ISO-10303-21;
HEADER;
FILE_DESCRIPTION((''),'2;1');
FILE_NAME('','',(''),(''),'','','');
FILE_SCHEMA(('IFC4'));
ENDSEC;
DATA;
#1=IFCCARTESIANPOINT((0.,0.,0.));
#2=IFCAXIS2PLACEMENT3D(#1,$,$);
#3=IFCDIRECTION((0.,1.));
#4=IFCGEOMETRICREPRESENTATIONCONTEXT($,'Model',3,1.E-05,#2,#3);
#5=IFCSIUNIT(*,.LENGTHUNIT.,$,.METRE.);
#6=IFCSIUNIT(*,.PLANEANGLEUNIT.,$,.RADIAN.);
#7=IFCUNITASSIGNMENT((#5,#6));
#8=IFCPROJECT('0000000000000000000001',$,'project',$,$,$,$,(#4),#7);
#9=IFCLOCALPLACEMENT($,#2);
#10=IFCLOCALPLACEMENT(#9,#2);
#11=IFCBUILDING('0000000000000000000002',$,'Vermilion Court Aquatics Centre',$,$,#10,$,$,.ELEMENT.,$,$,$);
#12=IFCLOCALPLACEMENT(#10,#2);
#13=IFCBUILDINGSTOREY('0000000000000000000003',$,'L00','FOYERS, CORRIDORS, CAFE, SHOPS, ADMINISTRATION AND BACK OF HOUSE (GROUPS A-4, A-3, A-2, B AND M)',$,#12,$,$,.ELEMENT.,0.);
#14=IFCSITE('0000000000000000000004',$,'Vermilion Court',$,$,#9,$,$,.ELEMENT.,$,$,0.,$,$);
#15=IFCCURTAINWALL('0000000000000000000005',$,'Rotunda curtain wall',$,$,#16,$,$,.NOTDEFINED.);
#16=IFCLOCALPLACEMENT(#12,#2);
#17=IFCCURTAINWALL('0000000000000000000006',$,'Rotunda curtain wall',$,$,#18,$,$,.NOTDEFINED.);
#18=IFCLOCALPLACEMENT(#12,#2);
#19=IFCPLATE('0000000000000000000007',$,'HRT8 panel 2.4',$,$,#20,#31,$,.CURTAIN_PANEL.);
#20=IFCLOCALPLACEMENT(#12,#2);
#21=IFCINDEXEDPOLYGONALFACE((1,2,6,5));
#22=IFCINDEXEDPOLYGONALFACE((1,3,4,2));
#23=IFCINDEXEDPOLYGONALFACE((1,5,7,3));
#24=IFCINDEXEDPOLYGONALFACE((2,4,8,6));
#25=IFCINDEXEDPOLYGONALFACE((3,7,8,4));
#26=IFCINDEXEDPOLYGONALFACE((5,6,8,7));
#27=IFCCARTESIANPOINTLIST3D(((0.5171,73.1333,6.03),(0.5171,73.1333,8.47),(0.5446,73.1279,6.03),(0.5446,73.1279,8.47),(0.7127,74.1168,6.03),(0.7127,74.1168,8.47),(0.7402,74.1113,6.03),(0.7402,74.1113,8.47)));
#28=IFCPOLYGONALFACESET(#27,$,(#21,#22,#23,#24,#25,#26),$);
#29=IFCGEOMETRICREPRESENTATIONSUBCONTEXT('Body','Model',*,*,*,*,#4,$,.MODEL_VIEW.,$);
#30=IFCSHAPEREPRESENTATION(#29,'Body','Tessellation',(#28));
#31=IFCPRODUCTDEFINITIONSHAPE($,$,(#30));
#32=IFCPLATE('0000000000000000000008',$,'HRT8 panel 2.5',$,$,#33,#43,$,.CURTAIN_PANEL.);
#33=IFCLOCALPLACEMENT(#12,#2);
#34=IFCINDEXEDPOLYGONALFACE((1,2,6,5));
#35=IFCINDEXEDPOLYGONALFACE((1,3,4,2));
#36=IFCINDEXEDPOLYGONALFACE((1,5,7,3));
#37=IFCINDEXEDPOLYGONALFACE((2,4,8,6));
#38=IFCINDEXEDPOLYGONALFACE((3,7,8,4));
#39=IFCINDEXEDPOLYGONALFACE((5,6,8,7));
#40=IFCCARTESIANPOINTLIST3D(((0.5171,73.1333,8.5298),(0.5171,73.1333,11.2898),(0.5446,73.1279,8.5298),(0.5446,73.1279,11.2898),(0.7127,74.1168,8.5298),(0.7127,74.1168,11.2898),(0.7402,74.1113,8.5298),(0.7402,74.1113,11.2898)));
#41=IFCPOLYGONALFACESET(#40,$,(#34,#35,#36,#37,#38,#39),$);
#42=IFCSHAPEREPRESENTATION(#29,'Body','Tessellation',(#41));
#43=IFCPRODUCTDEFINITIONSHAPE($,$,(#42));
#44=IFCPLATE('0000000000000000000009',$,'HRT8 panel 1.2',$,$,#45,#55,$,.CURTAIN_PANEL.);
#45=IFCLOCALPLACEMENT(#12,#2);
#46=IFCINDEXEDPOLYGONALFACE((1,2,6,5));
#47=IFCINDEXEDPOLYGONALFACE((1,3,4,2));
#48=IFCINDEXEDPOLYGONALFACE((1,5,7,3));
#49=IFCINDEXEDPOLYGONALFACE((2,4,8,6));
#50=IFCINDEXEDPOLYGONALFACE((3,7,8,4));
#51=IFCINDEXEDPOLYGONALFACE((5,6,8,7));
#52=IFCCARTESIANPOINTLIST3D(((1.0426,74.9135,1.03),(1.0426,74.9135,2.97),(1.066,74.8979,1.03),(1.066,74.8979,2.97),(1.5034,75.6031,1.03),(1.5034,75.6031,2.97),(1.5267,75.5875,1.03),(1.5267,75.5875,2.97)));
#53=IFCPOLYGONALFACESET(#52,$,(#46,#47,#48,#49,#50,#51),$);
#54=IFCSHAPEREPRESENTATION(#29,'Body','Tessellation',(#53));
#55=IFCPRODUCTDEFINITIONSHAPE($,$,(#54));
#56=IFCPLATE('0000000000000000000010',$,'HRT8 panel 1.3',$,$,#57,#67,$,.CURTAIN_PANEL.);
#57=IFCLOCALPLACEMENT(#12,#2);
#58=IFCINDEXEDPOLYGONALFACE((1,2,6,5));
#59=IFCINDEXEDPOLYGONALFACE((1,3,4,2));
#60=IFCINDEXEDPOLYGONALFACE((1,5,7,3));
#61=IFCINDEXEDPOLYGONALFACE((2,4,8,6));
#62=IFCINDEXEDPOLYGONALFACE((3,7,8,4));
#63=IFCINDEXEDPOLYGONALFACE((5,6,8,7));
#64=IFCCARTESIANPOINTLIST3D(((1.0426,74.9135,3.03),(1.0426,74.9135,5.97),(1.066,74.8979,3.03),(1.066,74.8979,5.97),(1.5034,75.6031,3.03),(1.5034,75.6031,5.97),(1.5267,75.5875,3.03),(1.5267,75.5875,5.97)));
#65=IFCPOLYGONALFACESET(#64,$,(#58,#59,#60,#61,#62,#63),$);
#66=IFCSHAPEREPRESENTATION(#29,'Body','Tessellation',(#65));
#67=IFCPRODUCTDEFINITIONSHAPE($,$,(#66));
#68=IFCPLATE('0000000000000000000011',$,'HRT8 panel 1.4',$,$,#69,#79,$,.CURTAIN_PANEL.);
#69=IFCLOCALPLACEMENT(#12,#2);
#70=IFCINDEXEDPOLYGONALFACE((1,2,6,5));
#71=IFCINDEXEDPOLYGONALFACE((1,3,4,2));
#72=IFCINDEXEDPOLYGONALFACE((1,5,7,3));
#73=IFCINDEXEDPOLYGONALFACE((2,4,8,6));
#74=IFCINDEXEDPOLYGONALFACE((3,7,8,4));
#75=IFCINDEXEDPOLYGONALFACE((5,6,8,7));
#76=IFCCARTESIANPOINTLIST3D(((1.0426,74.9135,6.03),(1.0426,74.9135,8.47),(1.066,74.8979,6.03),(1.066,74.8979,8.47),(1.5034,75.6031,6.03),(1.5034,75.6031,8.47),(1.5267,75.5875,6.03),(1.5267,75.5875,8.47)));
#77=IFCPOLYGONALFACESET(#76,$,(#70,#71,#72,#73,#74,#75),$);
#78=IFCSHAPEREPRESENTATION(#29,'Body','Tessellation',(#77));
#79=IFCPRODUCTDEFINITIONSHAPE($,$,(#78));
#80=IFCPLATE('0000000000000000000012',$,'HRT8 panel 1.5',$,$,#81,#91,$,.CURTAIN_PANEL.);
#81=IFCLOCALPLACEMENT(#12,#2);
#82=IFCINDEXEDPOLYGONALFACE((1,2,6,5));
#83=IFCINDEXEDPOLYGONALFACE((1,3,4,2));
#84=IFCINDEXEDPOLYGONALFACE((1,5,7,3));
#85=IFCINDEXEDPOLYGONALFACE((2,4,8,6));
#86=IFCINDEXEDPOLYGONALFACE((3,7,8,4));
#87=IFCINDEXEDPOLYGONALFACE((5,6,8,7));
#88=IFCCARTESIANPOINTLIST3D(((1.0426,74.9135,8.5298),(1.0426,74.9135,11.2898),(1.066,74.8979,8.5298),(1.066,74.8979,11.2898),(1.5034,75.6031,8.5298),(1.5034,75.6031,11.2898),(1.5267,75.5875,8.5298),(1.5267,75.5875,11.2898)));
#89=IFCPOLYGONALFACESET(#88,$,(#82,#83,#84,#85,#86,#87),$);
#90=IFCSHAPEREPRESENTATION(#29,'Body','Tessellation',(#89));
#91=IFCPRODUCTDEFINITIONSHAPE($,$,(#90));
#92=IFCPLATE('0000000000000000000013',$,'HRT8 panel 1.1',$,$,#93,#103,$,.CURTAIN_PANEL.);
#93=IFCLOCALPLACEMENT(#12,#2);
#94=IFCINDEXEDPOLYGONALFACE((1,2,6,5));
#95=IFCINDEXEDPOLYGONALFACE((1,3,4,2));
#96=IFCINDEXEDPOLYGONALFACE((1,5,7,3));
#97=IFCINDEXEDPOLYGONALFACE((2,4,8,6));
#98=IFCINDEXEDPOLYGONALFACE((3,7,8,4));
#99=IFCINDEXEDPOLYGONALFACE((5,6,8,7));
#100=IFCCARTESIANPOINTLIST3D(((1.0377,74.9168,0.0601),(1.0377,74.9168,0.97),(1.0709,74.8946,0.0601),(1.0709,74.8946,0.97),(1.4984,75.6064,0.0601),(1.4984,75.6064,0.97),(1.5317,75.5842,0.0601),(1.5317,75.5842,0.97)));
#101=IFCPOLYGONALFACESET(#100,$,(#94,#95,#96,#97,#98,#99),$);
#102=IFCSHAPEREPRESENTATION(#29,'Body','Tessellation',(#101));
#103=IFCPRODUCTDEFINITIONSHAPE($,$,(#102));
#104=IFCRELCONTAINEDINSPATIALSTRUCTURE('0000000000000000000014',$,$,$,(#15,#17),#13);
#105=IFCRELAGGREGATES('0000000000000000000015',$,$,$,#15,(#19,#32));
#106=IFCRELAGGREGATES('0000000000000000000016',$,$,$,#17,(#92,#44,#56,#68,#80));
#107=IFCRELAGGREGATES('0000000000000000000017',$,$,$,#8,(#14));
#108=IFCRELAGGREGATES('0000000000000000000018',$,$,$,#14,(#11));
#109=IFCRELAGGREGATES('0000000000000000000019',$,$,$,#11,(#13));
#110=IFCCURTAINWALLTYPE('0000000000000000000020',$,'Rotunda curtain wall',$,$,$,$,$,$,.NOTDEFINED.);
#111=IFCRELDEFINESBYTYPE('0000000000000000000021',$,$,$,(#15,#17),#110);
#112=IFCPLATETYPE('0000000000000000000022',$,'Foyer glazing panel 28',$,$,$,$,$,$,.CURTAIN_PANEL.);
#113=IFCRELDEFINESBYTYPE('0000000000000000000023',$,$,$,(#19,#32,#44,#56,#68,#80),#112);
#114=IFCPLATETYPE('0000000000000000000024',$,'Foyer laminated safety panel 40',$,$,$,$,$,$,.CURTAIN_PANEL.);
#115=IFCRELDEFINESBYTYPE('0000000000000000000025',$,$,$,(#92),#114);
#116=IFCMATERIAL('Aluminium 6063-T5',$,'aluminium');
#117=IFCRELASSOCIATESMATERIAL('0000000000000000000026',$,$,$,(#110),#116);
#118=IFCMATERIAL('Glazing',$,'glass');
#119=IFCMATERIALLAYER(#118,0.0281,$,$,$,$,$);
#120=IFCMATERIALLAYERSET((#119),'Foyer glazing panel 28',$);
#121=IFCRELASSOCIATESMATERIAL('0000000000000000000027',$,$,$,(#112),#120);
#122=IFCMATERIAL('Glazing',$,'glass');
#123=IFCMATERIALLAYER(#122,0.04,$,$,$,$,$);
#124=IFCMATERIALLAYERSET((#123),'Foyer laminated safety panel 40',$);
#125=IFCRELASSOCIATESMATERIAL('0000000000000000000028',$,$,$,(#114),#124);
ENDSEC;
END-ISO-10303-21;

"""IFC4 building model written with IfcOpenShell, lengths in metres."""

from ifc_helpers import new_model, si_unit, direction, frame, origin, origin_2d, place, context, subcontext, project, spatial, rectangle, extrude, material, layer, layer_set, type_object, element, aggregate, save


model = new_model("IFC4")

# Units and contexts
model_context = context("Model", 3, precision=1e-05, world=origin(), true_north=direction((0.0, 1.0)))
body_context = subcontext(model_context, "Body", "Model", "MODEL_VIEW")
ifc_project = project(units=[si_unit("LENGTHUNIT", "METRE"), si_unit("PLANEANGLEUNIT", "RADIAN")], contexts=[model_context])

# Site, building, storey
site_placement = place(None, origin())
site = spatial("IfcSite", under=ifc_project, at=site_placement, Name="Vermilion Court", CompositionType="ELEMENT", RefElevation=0.0)
building_placement = place(site_placement, origin())
building = spatial("IfcBuilding", under=site, at=building_placement, Name="Vermilion Court Aquatics Centre", CompositionType="ELEMENT")
storey_placement = place(building_placement, origin())
storey = spatial("IfcBuildingStorey", under=building, at=storey_placement, Name="L00", Description="FOYERS, CORRIDORS, CAFE, SHOPS, ADMINISTRATION AND BACK OF HOUSE (GROUPS A-4, A-3, A-2, B AND M)", CompositionType="ELEMENT", Elevation=0.0)

# Curtain wall
ifc_material_1 = material(Name="Aluminium 6063-T5", Category="aluminium")
curtain_wall_type = type_object("IfcCurtainWallType", Name="Rotunda curtain wall", PredefinedType="NOTDEFINED", material=ifc_material_1)
curtain_wall_1_placement = place(storey_placement, origin())
curtain_wall_1 = element("IfcCurtainWall", 1, at=curtain_wall_1_placement, inside=storey, type_object=curtain_wall_type, Name="Rotunda curtain wall", PredefinedType="NOTDEFINED")

# Curtain wall
curtain_wall_2_placement = place(storey_placement, origin())
curtain_wall_2 = element("IfcCurtainWall", 2, at=curtain_wall_2_placement, inside=storey, type_object=curtain_wall_type, Name="Rotunda curtain wall", PredefinedType="NOTDEFINED")

# Plates
ifc_material_2 = material(Name="Glazing", Category="glass")
ifc_layer_1 = layer(ifc_material_2, 0.0281)
ifc_layer_set_1 = layer_set([ifc_layer_1], Name="Foyer glazing panel 28")
plate_type_1 = type_object("IfcPlateType", Name="Foyer glazing panel 28", PredefinedType="CURTAIN_PANEL", material=ifc_layer_set_1)
plate_1_placement = place(storey_placement, frame((0.6287, 73.6223, 6.03), z_axis=(0.0, 0.0, 1.0), x_axis=(0.195095, 0.980784, 0.0)))
plate_1 = element("IfcPlate", 3, at=plate_1_placement, type_object=plate_type_1, Name="HRT8 panel 2.4", PredefinedType="CURTAIN_PANEL", context=body_context, shape_type="SweptSolid", body=[
    extrude(rectangle(XDim=1.0027, YDim=0.0281, at=origin_2d()), origin(), (0.0, 0.0, 1.0), 2.4399),
])
plate_2_placement = place(storey_placement, frame((0.6287, 73.6223, 8.5298), z_axis=(0.0, 0.0, 1.0), x_axis=(0.195095, 0.980784, 0.0)))
plate_2 = element("IfcPlate", 4, at=plate_2_placement, type_object=plate_type_1, Name="HRT8 panel 2.5", PredefinedType="CURTAIN_PANEL", context=body_context, shape_type="SweptSolid", body=[
    extrude(rectangle(XDim=1.0027, YDim=0.0281, at=origin_2d()), origin(), (0.0, 0.0, 1.0), 2.76),
])
aggregate(curtain_wall_1, [plate_1, plate_2])
plate_3_placement = place(storey_placement, frame((1.2847, 75.2505, 1.03), z_axis=(0.0, 0.0, 1.0), x_axis=(0.555541, 0.831489, 0.0)))
plate_3 = element("IfcPlate", 5, at=plate_3_placement, type_object=plate_type_1, Name="HRT8 panel 1.2", PredefinedType="CURTAIN_PANEL", context=body_context, shape_type="SweptSolid", body=[
    extrude(rectangle(XDim=0.8293, YDim=0.0281, at=origin_2d()), origin(), (0.0, 0.0, 1.0), 1.9399),
])
plate_4_placement = place(storey_placement, frame((1.2847, 75.2505, 3.03), z_axis=(0.0, 0.0, 1.0), x_axis=(0.555541, 0.831489, 0.0)))
plate_4 = element("IfcPlate", 6, at=plate_4_placement, type_object=plate_type_1, Name="HRT8 panel 1.3", PredefinedType="CURTAIN_PANEL", context=body_context, shape_type="SweptSolid", body=[
    extrude(rectangle(XDim=0.8293, YDim=0.0281, at=origin_2d()), origin(), (0.0, 0.0, 1.0), 2.9399),
])
plate_5_placement = place(storey_placement, frame((1.2847, 75.2505, 6.03), z_axis=(0.0, 0.0, 1.0), x_axis=(0.555541, 0.831489, 0.0)))
plate_5 = element("IfcPlate", 7, at=plate_5_placement, type_object=plate_type_1, Name="HRT8 panel 1.4", PredefinedType="CURTAIN_PANEL", context=body_context, shape_type="SweptSolid", body=[
    extrude(rectangle(XDim=0.8293, YDim=0.0281, at=origin_2d()), origin(), (0.0, 0.0, 1.0), 2.4399),
])
plate_6_placement = place(storey_placement, frame((1.2847, 75.2505, 8.5298), z_axis=(0.0, 0.0, 1.0), x_axis=(0.555541, 0.831489, 0.0)))
plate_6 = element("IfcPlate", 8, at=plate_6_placement, type_object=plate_type_1, Name="HRT8 panel 1.5", PredefinedType="CURTAIN_PANEL", context=body_context, shape_type="SweptSolid", body=[
    extrude(rectangle(XDim=0.8293, YDim=0.0281, at=origin_2d()), origin(), (0.0, 0.0, 1.0), 2.76),
])
ifc_material_3 = material(Name="Glazing", Category="glass")
ifc_layer_2 = layer(ifc_material_3, 0.04)
ifc_layer_set_2 = layer_set([ifc_layer_2], Name="Foyer laminated safety panel 40")
plate_type_2 = type_object("IfcPlateType", Name="Foyer laminated safety panel 40", PredefinedType="CURTAIN_PANEL", material=ifc_layer_set_2)
plate_7_placement = place(storey_placement, frame((1.2847, 75.2505, 0.0601), z_axis=(0.0, 0.0, 1.0), x_axis=(0.555541, 0.831489, 0.0)))
plate_7 = element("IfcPlate", 9, at=plate_7_placement, type_object=plate_type_2, Name="HRT8 panel 1.1", PredefinedType="CURTAIN_PANEL", context=body_context, shape_type="SweptSolid", body=[
    extrude(rectangle(XDim=0.8293, YDim=0.04, at=origin_2d()), origin(), (0.0, 0.0, 1.0), 0.9099),
])
aggregate(curtain_wall_2, [plate_7, plate_3, plate_4, plate_5, plate_6])

save(model, "model.ifc")
